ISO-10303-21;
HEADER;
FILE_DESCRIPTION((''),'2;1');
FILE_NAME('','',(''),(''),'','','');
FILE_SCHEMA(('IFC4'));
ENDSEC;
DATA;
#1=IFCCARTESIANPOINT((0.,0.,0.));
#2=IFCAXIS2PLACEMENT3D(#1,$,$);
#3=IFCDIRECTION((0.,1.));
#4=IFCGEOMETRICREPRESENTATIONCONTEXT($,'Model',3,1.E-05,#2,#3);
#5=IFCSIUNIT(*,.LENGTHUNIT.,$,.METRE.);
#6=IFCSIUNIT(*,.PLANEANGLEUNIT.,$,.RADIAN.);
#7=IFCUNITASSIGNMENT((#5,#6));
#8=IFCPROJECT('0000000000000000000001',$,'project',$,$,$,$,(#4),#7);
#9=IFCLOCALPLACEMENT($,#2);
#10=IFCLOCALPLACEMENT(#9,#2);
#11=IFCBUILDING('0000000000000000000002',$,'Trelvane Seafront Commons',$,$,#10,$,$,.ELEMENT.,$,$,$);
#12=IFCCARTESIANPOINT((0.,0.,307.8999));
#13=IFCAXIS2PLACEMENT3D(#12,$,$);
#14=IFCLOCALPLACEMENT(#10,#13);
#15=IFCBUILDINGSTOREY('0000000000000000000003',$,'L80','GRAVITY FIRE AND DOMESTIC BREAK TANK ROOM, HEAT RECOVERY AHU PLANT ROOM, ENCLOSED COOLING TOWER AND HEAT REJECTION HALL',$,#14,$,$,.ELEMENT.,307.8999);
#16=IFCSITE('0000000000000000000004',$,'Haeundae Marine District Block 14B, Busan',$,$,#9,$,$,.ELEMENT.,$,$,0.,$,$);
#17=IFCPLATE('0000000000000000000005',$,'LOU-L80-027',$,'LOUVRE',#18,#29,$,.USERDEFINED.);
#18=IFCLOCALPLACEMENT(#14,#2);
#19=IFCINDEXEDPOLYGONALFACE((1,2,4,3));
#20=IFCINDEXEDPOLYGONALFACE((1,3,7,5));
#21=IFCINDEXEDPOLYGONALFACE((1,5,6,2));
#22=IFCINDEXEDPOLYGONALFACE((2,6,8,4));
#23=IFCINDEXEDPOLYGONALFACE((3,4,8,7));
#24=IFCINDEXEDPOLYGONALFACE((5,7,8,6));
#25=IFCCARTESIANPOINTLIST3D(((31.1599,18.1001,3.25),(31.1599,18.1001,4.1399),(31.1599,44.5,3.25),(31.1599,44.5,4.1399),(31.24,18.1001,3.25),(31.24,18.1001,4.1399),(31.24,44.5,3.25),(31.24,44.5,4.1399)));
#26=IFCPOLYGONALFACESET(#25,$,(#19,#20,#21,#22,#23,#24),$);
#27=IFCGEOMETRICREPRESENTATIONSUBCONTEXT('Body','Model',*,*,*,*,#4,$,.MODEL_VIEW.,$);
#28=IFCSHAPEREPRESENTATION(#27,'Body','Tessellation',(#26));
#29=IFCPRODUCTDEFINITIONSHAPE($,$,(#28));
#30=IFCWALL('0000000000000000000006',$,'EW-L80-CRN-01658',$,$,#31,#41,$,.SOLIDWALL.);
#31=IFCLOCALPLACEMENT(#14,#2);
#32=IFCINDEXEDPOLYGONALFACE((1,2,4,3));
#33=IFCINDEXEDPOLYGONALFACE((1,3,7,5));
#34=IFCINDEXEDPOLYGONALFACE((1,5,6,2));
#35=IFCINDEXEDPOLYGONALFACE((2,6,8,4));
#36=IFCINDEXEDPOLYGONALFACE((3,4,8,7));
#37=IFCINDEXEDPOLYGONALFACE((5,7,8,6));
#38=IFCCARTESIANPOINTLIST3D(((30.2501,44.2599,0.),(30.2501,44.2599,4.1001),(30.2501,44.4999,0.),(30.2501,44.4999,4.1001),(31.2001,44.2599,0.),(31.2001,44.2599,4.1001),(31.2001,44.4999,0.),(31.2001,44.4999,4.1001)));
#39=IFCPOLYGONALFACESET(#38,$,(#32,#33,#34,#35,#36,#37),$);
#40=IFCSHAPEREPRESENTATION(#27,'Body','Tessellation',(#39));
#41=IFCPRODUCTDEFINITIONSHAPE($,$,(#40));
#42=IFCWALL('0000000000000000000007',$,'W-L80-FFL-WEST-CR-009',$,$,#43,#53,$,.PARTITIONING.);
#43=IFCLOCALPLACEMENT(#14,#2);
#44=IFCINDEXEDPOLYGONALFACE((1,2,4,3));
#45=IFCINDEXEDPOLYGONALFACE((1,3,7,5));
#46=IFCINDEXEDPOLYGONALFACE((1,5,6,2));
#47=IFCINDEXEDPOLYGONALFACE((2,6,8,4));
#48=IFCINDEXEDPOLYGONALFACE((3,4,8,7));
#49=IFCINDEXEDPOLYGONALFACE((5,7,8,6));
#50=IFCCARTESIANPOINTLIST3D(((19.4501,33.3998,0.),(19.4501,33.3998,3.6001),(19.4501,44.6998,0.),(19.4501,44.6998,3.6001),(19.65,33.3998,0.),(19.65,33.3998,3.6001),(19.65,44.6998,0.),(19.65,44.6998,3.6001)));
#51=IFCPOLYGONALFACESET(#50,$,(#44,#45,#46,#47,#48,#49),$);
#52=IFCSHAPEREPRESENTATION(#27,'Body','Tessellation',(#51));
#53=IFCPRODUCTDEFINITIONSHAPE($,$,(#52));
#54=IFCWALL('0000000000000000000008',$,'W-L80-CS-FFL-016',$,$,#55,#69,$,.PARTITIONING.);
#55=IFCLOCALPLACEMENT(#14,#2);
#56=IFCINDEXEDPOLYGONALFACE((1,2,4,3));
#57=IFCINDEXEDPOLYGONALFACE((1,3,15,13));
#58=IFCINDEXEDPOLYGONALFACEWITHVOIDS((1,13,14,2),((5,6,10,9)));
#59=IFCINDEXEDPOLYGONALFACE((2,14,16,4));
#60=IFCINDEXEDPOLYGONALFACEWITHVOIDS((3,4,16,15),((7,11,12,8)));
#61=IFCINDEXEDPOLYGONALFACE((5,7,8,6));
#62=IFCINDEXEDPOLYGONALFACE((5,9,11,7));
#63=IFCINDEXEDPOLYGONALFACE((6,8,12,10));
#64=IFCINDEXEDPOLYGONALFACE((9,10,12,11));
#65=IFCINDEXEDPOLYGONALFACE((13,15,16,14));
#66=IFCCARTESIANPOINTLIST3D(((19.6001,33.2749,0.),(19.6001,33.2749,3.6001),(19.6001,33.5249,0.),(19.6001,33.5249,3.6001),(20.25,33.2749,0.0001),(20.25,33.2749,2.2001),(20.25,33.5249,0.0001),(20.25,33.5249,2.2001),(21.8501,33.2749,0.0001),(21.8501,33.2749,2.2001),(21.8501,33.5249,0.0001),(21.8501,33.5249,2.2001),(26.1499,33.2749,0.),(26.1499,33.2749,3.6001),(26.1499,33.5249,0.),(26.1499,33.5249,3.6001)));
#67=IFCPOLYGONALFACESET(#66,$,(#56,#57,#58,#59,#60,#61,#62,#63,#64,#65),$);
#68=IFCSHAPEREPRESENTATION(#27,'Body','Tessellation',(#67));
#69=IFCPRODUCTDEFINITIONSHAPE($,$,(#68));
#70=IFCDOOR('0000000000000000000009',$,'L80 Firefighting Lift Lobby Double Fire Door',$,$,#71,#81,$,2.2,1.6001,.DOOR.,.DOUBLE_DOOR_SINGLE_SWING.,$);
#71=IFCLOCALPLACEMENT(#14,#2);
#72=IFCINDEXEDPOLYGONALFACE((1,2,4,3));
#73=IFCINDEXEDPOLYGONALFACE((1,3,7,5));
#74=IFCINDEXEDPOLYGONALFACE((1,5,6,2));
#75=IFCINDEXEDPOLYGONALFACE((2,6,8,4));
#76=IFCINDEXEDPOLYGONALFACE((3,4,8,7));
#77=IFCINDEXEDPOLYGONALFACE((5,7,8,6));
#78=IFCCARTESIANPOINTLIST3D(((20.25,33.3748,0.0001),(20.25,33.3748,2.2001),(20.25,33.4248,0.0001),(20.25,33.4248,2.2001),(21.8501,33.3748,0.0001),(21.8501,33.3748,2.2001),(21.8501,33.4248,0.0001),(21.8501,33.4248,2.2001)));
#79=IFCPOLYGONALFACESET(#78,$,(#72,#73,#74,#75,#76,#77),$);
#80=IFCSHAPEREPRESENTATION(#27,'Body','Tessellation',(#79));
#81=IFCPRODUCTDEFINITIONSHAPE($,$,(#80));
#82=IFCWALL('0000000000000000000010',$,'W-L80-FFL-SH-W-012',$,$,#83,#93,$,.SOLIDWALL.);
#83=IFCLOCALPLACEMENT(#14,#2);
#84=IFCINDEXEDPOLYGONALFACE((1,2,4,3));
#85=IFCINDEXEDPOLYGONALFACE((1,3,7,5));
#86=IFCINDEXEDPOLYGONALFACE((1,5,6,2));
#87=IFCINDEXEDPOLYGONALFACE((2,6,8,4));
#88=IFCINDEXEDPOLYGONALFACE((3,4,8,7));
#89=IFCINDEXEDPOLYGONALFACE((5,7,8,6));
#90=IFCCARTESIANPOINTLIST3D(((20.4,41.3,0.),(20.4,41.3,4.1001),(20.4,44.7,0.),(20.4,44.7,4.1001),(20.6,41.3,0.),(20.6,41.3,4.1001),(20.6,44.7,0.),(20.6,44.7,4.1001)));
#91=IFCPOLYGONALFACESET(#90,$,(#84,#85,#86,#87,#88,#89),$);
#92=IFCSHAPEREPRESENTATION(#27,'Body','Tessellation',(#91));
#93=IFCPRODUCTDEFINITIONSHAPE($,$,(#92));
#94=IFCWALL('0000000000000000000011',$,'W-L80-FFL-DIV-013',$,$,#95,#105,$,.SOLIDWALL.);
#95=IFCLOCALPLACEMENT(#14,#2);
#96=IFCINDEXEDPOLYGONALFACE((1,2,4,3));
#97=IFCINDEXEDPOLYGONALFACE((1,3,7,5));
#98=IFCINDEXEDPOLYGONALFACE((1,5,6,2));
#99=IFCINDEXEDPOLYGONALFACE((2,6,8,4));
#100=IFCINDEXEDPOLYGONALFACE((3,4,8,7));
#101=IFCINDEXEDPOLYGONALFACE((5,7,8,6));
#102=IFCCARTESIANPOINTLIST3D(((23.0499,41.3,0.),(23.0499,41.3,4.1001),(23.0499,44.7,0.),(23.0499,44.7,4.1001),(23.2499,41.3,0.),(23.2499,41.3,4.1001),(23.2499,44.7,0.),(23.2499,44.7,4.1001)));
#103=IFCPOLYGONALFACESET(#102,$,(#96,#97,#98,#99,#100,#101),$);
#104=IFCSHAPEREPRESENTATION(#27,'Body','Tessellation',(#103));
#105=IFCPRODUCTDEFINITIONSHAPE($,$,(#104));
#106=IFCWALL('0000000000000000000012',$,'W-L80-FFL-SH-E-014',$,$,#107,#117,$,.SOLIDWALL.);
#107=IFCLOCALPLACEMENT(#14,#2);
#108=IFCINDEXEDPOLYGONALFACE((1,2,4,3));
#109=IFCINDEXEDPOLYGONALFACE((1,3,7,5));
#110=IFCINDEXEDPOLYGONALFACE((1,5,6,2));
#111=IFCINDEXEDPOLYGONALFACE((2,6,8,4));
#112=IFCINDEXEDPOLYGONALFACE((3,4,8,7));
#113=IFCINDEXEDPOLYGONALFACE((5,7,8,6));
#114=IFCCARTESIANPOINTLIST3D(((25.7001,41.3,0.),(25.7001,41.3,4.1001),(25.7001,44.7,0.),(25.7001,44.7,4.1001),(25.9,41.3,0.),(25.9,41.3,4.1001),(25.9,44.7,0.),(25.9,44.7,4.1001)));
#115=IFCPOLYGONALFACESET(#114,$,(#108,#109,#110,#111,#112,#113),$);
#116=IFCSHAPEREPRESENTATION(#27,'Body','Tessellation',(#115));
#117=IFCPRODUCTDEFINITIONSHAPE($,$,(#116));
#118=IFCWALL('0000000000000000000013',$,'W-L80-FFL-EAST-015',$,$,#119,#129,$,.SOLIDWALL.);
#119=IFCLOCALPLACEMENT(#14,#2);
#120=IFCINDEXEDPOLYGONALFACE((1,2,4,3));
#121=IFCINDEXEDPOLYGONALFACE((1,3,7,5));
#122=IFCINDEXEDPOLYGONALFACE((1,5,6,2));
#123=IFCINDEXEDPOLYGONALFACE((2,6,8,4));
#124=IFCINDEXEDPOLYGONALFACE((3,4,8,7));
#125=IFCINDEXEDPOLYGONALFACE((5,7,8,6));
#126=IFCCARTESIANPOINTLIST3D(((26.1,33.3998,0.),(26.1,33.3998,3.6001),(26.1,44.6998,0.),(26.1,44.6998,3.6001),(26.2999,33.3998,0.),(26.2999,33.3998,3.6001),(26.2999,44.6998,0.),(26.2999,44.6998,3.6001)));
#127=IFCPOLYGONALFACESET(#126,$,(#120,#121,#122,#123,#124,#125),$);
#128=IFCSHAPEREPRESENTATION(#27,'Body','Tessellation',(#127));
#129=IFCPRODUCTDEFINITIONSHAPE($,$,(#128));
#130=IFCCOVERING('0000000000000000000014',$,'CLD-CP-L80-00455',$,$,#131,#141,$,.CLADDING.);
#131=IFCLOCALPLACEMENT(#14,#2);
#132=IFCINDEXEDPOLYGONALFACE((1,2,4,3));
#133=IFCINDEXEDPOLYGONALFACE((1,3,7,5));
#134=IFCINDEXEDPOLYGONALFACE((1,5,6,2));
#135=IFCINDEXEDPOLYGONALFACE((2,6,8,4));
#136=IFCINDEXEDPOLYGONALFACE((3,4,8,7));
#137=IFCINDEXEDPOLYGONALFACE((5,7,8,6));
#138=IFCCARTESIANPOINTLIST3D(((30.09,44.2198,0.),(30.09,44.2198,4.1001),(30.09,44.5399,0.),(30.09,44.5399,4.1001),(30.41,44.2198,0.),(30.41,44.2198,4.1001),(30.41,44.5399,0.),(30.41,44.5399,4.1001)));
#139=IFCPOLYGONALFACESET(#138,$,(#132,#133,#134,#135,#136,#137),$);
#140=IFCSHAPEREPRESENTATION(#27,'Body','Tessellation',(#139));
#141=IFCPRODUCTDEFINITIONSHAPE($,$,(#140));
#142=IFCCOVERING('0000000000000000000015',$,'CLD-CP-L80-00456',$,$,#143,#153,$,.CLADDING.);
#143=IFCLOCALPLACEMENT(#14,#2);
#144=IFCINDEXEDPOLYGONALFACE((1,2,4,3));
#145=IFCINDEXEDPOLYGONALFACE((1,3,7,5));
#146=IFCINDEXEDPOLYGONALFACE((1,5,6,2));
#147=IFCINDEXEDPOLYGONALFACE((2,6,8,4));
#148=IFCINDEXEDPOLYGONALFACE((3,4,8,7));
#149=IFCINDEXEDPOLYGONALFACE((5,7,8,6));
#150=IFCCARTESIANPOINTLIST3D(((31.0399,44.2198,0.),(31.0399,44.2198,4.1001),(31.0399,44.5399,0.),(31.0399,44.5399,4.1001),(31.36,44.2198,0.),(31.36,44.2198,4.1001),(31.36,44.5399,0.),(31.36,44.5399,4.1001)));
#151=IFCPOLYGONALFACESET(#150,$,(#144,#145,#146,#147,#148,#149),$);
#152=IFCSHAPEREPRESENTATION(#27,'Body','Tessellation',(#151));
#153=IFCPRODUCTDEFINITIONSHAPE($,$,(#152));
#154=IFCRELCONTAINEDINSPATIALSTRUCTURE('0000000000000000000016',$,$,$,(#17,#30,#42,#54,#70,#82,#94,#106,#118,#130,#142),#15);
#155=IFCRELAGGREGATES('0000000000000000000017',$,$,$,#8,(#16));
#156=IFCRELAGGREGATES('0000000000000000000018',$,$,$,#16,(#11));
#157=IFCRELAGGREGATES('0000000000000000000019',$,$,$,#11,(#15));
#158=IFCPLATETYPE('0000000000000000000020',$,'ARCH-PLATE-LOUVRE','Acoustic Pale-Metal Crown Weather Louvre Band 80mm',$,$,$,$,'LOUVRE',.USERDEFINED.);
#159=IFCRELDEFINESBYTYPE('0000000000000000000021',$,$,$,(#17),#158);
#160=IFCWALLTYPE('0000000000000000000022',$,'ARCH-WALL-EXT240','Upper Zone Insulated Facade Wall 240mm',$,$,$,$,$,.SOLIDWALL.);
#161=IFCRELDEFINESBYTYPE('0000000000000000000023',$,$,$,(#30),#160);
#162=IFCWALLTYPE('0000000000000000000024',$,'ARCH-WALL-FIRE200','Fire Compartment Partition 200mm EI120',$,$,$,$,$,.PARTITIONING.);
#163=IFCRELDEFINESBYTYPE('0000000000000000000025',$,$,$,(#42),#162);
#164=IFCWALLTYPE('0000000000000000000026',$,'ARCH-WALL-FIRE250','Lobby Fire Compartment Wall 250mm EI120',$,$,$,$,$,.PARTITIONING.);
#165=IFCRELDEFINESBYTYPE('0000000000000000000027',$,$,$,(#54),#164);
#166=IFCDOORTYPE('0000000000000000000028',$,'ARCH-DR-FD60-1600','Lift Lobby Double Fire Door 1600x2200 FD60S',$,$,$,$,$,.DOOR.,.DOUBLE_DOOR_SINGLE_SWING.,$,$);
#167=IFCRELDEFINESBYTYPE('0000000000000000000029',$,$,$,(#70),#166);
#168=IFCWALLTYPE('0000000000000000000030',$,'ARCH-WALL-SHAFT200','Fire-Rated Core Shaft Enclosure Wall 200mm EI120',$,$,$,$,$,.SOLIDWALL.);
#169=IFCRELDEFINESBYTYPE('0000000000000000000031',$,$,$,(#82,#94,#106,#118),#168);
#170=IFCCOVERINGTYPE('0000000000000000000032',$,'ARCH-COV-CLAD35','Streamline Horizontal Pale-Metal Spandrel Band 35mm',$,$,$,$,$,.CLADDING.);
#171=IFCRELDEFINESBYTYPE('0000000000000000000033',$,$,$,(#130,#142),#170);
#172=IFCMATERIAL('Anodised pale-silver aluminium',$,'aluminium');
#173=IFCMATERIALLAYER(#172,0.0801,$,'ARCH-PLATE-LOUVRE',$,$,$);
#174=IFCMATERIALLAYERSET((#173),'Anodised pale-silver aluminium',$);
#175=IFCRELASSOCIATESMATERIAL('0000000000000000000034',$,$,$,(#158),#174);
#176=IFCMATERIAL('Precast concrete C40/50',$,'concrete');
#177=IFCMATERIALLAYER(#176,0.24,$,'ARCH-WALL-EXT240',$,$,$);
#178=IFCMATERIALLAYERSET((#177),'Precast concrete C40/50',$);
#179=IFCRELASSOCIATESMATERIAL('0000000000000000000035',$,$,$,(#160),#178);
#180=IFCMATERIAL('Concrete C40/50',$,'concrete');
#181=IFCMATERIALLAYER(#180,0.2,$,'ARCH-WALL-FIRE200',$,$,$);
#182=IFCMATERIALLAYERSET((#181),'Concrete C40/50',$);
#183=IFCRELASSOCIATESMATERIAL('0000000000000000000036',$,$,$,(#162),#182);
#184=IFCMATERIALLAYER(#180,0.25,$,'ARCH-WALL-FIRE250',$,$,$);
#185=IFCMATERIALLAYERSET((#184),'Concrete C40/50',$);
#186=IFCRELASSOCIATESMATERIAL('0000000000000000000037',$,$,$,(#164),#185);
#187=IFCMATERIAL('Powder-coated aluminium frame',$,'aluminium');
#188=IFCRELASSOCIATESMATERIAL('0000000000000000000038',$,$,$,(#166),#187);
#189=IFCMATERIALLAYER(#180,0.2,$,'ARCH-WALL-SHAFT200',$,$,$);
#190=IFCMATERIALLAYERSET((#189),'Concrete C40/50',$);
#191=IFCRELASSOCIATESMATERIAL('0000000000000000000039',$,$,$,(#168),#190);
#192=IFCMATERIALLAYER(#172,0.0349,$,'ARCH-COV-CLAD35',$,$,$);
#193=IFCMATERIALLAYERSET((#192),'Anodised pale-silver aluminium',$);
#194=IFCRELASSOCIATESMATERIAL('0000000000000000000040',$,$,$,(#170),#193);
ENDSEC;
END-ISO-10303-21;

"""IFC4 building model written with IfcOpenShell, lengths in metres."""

from ifc_helpers import new_model, si_unit, direction, frame, frame_2d, origin, origin_2d, place, context, subcontext, project, spatial, rectangle, extrude, source, transform, mapped, material, layer, layer_set, type_object, element, fill, save


model = new_model("IFC4")

# Units and contexts
model_context = context("Model", 3, precision=1e-05, world=origin(), true_north=direction((0.0, 1.0)))
body_context = subcontext(model_context, "Body", "Model", "MODEL_VIEW")
ifc_project = project(units=[si_unit("LENGTHUNIT", "METRE"), si_unit("PLANEANGLEUNIT", "RADIAN")], contexts=[model_context])

# Site, building, storey
site_placement = place(None, origin())
site = spatial("IfcSite", under=ifc_project, at=site_placement, Name="Haeundae Marine District Block 14B, Busan", CompositionType="ELEMENT", RefElevation=0.0)
building_placement = place(site_placement, origin())
building = spatial("IfcBuilding", under=site, at=building_placement, Name="Trelvane Seafront Commons", CompositionType="ELEMENT")
storey_placement = place(building_placement, frame((0.0, 0.0, 307.8999)))
storey = spatial("IfcBuildingStorey", under=building, at=storey_placement, Name="L80", Description="GRAVITY FIRE AND DOMESTIC BREAK TANK ROOM, HEAT RECOVERY AHU PLANT ROOM, ENCLOSED COOLING TOWER AND HEAT REJECTION HALL", CompositionType="ELEMENT", Elevation=307.8999)

# Shared definitions
ifc_material_1 = material(Name="Anodised pale-silver aluminium", Category="aluminium")

# Plate
ifc_layer_1 = layer(ifc_material_1, 0.0801, Name="ARCH-PLATE-LOUVRE")
ifc_layer_set_1 = layer_set([ifc_layer_1], Name="Anodised pale-silver aluminium")
plate_type_1 = type_object("IfcPlateType", Name="ARCH-PLATE-LOUVRE", Description="Acoustic Pale-Metal Crown Weather Louvre Band 80mm", ElementType="LOUVRE", PredefinedType="USERDEFINED", material=ifc_layer_set_1)
shared_shape_1 = source(origin(), body_context, "Body", "SweptSolid", [
    extrude(rectangle(XDim=26.3999, YDim=0.0801, at=origin_2d()), origin(), (0.0, 0.0, 1.0), 0.8899),
])
plate_1_placement = place(storey_placement, frame((31.2, 31.3, 3.25), z_axis=(0.0, 0.0, 1.0), x_axis=(0.0, -1.0, 0.0)))
element("IfcPlate", 1, at=plate_1_placement, inside=storey, type_object=plate_type_1, Name="LOU-L80-027", ObjectType="LOUVRE", PredefinedType="USERDEFINED", context=body_context, shape_type="MappedRepresentation", body=[
    mapped(shared_shape_1, transform((0.0, 0.0, 0.0), x_axis=(1.0, 0.0, 0.0), y_axis=(0.0, 1.0, 0.0), z_axis=(0.0, 0.0, 1.0), scale=1.0)),
])

# Walls
ifc_material_2 = material(Name="Precast concrete C40/50", Category="concrete")
ifc_layer_2 = layer(ifc_material_2, 0.24, Name="ARCH-WALL-EXT240")
ifc_layer_set_2 = layer_set([ifc_layer_2], Name="Precast concrete C40/50")
wall_type_1 = type_object("IfcWallType", Name="ARCH-WALL-EXT240", Description="Upper Zone Insulated Facade Wall 240mm", PredefinedType="SOLIDWALL", material=ifc_layer_set_2)
wall_1_placement = place(storey_placement, frame((30.25, 44.3799, 0.0), z_axis=(0.0, 0.0, 1.0), x_axis=(1.0, 0.0, 0.0)))
element("IfcWall", 2, at=wall_1_placement, inside=storey, type_object=wall_type_1, Name="EW-L80-CRN-01658", PredefinedType="SOLIDWALL", context=body_context, shape_type="SweptSolid", body=[
    extrude(rectangle(XDim=0.95, YDim=0.24, at=frame_2d((0.4751, 0.0))), origin(), (0.0, 0.0, 1.0), 4.1001),
])
ifc_material_3 = material(Name="Concrete C40/50", Category="concrete")
ifc_layer_3 = layer(ifc_material_3, 0.2, Name="ARCH-WALL-FIRE200")
ifc_layer_set_3 = layer_set([ifc_layer_3], Name="Concrete C40/50")
wall_type_2 = type_object("IfcWallType", Name="ARCH-WALL-FIRE200", Description="Fire Compartment Partition 200mm EI120", PredefinedType="PARTITIONING", material=ifc_layer_set_3)
wall_2_placement = place(storey_placement, frame((19.55, 33.3999, 0.0), z_axis=(0.0, 0.0, 1.0), x_axis=(0.0, 1.0, 0.0)))
element("IfcWall", 3, at=wall_2_placement, inside=storey, type_object=wall_type_2, Name="W-L80-FFL-WEST-CR-009", PredefinedType="PARTITIONING", context=body_context, shape_type="SweptSolid", body=[
    extrude(rectangle(XDim=11.3, YDim=0.2, at=frame_2d((5.6499, 0.0))), origin(), (0.0, 0.0, 1.0), 3.6001),
])

# Wall, opening, door
ifc_layer_4 = layer(ifc_material_3, 0.25, Name="ARCH-WALL-FIRE250")
ifc_layer_set_4 = layer_set([ifc_layer_4], Name="Concrete C40/50")
wall_type_3 = type_object("IfcWallType", Name="ARCH-WALL-FIRE250", Description="Lobby Fire Compartment Wall 250mm EI120", PredefinedType="PARTITIONING", material=ifc_layer_set_4)
wall_3_placement = place(storey_placement, frame((19.6001, 33.3999, 0.0), z_axis=(0.0, 0.0, 1.0), x_axis=(1.0, 0.0, 0.0)))
wall_3 = element("IfcWall", 4, at=wall_3_placement, inside=storey, type_object=wall_type_3, Name="W-L80-CS-FFL-016", PredefinedType="PARTITIONING", context=body_context, shape_type="SweptSolid", body=[
    extrude(rectangle(XDim=6.5498, YDim=0.25, at=frame_2d((3.2749, 0.0))), origin(), (0.0, 0.0, 1.0), 3.6001),
])
opening_1_placement = place(wall_3_placement, frame((0.6499, 0.0, 0.0)))
opening_1 = element("IfcOpeningElement", 5, at=opening_1_placement, cuts=wall_3, PredefinedType="OPENING", context=body_context, shape_type="SweptSolid", body=[
    extrude(rectangle(XDim=1.6001, YDim=2.2, at=frame_2d((0.8, 1.1001))), frame((0.0, 0.135, 0.0), z_axis=(0.0, -1.0, 0.0), x_axis=(1.0, 0.0, 0.0)), (0.0, 0.0, 1.0), 0.27),
])
ifc_material_4 = material(Name="Powder-coated aluminium frame", Category="aluminium")
door_type_1 = type_object("IfcDoorType", Name="ARCH-DR-FD60-1600", Description="Lift Lobby Double Fire Door 1600x2200 FD60S", OperationType="DOUBLE_DOOR_SINGLE_SWING", PredefinedType="DOOR", material=ifc_material_4)
shared_shape_2 = source(origin(), body_context, "Body", "SweptSolid", [
    extrude(rectangle(XDim=1.6001, YDim=2.2, at=frame_2d((0.8, 1.1001))), frame((0.0, 0.0249, 0.0), z_axis=(0.0, -1.0, 0.0), x_axis=(1.0, 0.0, 0.0)), (0.0, 0.0, 1.0), 0.05),
])
door_1_placement = place(opening_1_placement, origin())
door_1 = element("IfcDoor", 6, at=door_1_placement, inside=storey, type_object=door_type_1, Name="L80 Firefighting Lift Lobby Double Fire Door", OperationType="DOUBLE_DOOR_SINGLE_SWING", OverallHeight=2.2, OverallWidth=1.6001, PredefinedType="DOOR", context=body_context, shape_type="MappedRepresentation", body=[
    mapped(shared_shape_2, transform((0.0, 0.0, 0.0), x_axis=(1.0, 0.0, 0.0), y_axis=(0.0, 1.0, 0.0), z_axis=(0.0, 0.0, 1.0), scale=1.0)),
])
fill(opening_1, door_1)

# Shared definitions
ifc_layer_5 = layer(ifc_material_3, 0.2, Name="ARCH-WALL-SHAFT200")
ifc_layer_set_5 = layer_set([ifc_layer_5], Name="Concrete C40/50")
wall_type_4 = type_object("IfcWallType", Name="ARCH-WALL-SHAFT200", Description="Fire-Rated Core Shaft Enclosure Wall 200mm EI120", PredefinedType="SOLIDWALL", material=ifc_layer_set_5)

# Walls
for number, where, z_axis, x_axis, name in (
    (7, (20.5, 41.3, 0.0), (0.0, 0.0, 1.0), (0.0, 1.0, 0.0), "W-L80-FFL-SH-W-012"),
    (8, (23.1499, 41.3, 0.0), (0.0, 0.0, 1.0), (0.0, 1.0, 0.0), "W-L80-FFL-DIV-013"),
    (9, (25.8, 41.3, 0.0), (0.0, 0.0, 1.0), (0.0, 1.0, 0.0), "W-L80-FFL-SH-E-014"),
):
    element("IfcWall", number, at=place(storey_placement, frame(where, z_axis=z_axis, x_axis=x_axis)), inside=storey, type_object=wall_type_4, Name=name, PredefinedType="SOLIDWALL", context=body_context, shape_type="SweptSolid", body=[
        extrude(rectangle(XDim=3.3999, YDim=0.2, at=frame_2d((1.7, 0.0))), origin(), (0.0, 0.0, 1.0), 4.1001),
    ])
wall_4_placement = place(storey_placement, frame((26.2, 33.3999, 0.0), z_axis=(0.0, 0.0, 1.0), x_axis=(0.0, 1.0, 0.0)))
element("IfcWall", 10, at=wall_4_placement, inside=storey, type_object=wall_type_4, Name="W-L80-FFL-EAST-015", PredefinedType="SOLIDWALL", context=body_context, shape_type="SweptSolid", body=[
    extrude(rectangle(XDim=11.3, YDim=0.2, at=frame_2d((5.6499, 0.0))), origin(), (0.0, 0.0, 1.0), 3.6001),
])

# Coverings
ifc_layer_6 = layer(ifc_material_1, 0.0349, Name="ARCH-COV-CLAD35")
ifc_layer_set_6 = layer_set([ifc_layer_6], Name="Anodised pale-silver aluminium")
covering_type = type_object("IfcCoveringType", Name="ARCH-COV-CLAD35", Description="Streamline Horizontal Pale-Metal Spandrel Band 35mm", PredefinedType="CLADDING", material=ifc_layer_set_6)
shared_shape_3 = source(origin(), body_context, "Body", "SweptSolid", [
    extrude(rectangle(XDim=0.3201, YDim=0.3201, at=origin_2d()), origin(), (0.0, 0.0, 1.0), 4.1001),
])
for number, where, z_axis, x_axis, name in (
    (11, (30.25, 44.3799, 0.0), (0.0, 0.0, 1.0), (1.0, 0.0, 0.0), "CLD-CP-L80-00455"),
    (12, (31.2, 44.3799, 0.0), (0.0, 0.0, 1.0), (1.0, 0.0, 0.0), "CLD-CP-L80-00456"),
):
    element("IfcCovering", number, at=place(storey_placement, frame(where, z_axis=z_axis, x_axis=x_axis)), inside=storey, type_object=covering_type, Name=name, PredefinedType="CLADDING", context=body_context, shape_type="MappedRepresentation", body=[
        mapped(shared_shape_3, transform((0.0, 0.0, 0.0), x_axis=(1.0, 0.0, 0.0), y_axis=(0.0, 1.0, 0.0), z_axis=(0.0, 0.0, 1.0), scale=1.0)),
    ])

save(model, "model.ifc")
